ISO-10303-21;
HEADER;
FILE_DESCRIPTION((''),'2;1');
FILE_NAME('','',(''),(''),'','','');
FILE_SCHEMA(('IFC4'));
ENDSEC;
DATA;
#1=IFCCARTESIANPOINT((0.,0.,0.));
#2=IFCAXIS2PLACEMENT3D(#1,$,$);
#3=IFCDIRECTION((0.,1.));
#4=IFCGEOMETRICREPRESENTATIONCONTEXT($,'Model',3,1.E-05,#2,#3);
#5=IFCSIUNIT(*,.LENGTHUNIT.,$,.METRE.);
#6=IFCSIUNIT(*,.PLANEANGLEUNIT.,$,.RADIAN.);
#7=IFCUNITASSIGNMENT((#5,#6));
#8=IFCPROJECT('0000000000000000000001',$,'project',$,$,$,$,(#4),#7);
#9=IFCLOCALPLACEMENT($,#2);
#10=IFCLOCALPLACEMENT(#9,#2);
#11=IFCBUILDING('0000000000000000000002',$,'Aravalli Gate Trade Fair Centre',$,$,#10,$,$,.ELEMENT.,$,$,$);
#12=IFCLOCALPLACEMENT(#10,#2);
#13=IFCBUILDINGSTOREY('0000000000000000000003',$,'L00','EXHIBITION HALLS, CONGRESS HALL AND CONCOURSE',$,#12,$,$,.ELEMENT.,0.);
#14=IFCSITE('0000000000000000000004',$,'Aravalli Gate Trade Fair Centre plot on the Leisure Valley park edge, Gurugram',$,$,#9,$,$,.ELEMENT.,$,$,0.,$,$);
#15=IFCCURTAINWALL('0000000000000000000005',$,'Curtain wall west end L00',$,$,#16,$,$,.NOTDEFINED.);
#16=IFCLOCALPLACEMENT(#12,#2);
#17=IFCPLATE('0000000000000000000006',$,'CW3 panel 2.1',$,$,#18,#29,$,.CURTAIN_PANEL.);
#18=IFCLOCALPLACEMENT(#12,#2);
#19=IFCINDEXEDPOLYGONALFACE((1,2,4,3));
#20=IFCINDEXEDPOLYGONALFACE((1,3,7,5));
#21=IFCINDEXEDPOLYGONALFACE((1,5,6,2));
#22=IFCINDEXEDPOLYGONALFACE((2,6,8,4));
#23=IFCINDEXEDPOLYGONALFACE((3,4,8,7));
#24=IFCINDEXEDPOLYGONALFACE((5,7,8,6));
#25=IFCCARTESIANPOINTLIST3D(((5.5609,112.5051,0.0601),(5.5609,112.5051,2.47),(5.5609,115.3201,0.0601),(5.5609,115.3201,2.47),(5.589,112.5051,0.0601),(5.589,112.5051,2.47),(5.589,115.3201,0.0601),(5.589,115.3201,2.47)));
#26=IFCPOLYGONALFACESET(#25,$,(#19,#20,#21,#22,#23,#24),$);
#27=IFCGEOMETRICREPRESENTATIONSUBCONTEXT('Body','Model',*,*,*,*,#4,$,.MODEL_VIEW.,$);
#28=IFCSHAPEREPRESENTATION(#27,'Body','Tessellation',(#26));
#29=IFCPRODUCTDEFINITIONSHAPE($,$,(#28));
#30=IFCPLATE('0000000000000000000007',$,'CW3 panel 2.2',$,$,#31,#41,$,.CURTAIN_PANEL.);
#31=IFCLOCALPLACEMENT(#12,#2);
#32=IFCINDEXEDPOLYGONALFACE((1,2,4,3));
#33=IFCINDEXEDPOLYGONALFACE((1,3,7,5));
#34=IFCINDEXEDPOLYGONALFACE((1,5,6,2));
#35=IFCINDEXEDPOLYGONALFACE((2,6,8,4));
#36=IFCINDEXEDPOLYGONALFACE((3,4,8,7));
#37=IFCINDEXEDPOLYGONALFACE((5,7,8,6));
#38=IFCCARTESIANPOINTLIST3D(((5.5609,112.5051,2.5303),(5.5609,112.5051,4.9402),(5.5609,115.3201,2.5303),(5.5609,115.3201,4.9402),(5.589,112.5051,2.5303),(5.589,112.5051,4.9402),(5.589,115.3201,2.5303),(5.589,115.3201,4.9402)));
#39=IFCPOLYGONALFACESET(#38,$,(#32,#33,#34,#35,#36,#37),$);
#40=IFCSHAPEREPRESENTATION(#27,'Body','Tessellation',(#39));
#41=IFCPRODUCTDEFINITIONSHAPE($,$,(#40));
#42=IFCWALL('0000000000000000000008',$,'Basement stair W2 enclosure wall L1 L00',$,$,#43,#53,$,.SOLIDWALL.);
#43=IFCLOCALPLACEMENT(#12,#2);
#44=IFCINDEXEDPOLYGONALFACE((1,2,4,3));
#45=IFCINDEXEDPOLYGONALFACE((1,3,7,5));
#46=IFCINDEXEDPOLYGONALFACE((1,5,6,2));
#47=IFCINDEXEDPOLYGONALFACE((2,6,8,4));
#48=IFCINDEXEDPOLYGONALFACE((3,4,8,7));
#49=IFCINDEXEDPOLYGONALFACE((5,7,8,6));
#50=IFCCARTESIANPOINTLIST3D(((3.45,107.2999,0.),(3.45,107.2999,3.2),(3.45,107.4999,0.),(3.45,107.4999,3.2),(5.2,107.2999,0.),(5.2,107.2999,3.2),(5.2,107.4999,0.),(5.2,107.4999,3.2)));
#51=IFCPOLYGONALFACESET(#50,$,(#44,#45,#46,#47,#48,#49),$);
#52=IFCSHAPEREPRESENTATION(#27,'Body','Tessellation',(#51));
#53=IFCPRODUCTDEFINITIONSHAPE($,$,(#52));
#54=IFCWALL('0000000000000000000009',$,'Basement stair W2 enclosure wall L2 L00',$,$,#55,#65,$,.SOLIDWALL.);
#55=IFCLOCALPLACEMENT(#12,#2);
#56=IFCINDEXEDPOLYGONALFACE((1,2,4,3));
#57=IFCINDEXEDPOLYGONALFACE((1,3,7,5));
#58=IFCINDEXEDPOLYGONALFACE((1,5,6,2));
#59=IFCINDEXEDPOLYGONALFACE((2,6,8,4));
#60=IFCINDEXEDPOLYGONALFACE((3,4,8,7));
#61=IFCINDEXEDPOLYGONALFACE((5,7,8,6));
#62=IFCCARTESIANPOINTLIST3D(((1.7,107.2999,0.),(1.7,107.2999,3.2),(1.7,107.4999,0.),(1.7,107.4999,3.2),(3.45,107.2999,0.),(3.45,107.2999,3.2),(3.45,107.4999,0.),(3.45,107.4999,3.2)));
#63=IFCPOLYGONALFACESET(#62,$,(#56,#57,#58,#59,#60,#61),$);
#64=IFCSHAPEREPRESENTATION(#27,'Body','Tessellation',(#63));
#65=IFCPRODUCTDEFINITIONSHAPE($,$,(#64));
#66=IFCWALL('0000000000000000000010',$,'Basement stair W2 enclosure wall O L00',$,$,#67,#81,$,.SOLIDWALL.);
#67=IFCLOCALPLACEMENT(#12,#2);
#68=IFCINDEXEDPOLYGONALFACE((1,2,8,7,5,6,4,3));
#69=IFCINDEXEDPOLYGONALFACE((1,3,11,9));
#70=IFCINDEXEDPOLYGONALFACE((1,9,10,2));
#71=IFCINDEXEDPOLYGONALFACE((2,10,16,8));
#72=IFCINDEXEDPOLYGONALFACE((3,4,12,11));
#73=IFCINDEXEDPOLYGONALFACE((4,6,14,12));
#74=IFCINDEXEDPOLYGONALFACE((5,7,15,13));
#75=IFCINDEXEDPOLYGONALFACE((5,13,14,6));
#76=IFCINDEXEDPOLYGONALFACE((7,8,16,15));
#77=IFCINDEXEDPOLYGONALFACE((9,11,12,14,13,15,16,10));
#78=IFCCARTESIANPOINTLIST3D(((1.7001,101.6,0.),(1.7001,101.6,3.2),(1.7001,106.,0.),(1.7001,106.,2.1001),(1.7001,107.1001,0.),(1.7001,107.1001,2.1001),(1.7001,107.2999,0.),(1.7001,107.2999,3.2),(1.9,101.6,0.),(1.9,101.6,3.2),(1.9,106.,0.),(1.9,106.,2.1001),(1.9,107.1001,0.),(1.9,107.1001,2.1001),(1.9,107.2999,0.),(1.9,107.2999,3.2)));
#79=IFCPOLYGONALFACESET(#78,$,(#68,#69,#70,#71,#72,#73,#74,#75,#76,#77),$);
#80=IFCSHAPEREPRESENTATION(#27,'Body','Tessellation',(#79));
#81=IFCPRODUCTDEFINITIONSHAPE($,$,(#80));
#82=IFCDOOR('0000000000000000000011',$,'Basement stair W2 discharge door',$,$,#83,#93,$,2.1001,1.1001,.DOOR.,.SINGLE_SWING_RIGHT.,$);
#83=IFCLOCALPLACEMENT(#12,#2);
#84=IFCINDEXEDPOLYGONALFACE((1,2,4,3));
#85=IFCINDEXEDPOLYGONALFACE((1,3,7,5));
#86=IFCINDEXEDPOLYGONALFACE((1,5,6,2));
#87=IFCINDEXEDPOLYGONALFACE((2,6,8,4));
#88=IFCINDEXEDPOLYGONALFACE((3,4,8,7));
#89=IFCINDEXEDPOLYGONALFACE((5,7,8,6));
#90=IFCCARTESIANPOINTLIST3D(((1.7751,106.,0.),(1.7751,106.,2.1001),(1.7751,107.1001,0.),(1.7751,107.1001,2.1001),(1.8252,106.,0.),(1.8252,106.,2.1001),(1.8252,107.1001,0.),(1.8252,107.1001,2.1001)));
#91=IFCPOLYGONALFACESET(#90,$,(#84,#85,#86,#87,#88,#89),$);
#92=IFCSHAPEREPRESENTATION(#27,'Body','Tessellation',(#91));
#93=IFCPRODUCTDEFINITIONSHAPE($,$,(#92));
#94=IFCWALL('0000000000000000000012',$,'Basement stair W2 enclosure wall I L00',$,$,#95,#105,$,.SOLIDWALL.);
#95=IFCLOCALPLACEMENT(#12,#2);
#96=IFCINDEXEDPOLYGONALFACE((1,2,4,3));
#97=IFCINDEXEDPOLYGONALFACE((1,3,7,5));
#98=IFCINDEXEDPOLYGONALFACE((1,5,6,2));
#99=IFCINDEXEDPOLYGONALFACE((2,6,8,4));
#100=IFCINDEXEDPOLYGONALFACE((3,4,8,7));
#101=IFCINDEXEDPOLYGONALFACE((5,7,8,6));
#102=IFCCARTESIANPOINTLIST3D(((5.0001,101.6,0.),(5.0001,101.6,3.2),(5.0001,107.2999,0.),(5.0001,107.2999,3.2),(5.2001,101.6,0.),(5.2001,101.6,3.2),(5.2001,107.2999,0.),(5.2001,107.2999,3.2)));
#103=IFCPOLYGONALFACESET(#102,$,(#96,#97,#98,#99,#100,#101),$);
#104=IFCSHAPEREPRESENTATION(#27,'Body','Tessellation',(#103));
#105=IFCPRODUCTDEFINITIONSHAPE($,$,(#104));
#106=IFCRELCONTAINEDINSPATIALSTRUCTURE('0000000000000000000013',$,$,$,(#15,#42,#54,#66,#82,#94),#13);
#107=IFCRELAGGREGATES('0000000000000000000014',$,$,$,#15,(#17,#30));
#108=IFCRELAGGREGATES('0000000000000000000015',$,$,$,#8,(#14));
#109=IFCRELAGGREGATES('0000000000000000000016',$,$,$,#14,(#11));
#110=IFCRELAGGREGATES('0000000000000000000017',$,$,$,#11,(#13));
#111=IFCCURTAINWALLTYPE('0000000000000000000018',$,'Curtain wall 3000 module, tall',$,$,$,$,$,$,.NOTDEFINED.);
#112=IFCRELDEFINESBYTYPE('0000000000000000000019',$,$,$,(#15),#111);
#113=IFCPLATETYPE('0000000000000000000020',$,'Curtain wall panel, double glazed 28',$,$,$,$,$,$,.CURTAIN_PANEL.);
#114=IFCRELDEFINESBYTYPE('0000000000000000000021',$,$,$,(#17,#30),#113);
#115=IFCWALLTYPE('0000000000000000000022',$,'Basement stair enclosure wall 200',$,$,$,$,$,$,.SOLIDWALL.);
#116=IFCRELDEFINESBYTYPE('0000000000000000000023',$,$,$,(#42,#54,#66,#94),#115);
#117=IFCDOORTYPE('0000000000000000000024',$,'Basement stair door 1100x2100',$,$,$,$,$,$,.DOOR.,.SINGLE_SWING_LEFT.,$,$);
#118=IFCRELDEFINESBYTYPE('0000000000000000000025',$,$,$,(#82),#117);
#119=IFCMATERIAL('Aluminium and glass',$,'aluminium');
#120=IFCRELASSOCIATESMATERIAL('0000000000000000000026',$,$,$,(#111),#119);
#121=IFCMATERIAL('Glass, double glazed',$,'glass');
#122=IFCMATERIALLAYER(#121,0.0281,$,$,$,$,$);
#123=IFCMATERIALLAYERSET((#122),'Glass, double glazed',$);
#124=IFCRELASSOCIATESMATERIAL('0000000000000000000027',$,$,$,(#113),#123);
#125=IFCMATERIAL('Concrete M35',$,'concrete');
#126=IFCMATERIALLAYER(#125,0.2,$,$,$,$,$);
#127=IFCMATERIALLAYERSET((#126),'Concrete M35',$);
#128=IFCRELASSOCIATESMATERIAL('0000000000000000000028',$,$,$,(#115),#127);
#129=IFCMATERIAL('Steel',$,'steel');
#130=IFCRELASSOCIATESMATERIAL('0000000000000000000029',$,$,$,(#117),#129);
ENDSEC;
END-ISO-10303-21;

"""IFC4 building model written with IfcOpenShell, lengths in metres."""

from ifc_helpers import new_model, si_unit, direction, frame, frame_2d, origin, origin_2d, place, context, subcontext, project, spatial, rectangle, extrude, material, layer, layer_set, type_object, element, fill, aggregate, save


model = new_model("IFC4")

# Units and contexts
model_context = context("Model", 3, precision=1e-05, world=origin(), true_north=direction((0.0, 1.0)))
body_context = subcontext(model_context, "Body", "Model", "MODEL_VIEW")
ifc_project = project(units=[si_unit("LENGTHUNIT", "METRE"), si_unit("PLANEANGLEUNIT", "RADIAN")], contexts=[model_context])

# Site, building, storey
site_placement = place(None, origin())
site = spatial("IfcSite", under=ifc_project, at=site_placement, Name="Aravalli Gate Trade Fair Centre plot on the Leisure Valley park edge, Gurugram", CompositionType="ELEMENT", RefElevation=0.0)
building_placement = place(site_placement, origin())
building = spatial("IfcBuilding", under=site, at=building_placement, Name="Aravalli Gate Trade Fair Centre", CompositionType="ELEMENT")
storey_placement = place(building_placement, origin())
storey = spatial("IfcBuildingStorey", under=building, at=storey_placement, Name="L00", Description="EXHIBITION HALLS, CONGRESS HALL AND CONCOURSE", CompositionType="ELEMENT", Elevation=0.0)

# Curtain wall, plates
ifc_material_1 = material(Name="Aluminium and glass", Category="aluminium")
curtain_wall_type = type_object("IfcCurtainWallType", Name="Curtain wall 3000 module, tall", PredefinedType="NOTDEFINED", material=ifc_material_1)
curtain_wall_placement = place(storey_placement, origin())
curtain_wall = element("IfcCurtainWall", 1, at=curtain_wall_placement, inside=storey, type_object=curtain_wall_type, Name="Curtain wall west end L00", PredefinedType="NOTDEFINED")
ifc_material_2 = material(Name="Glass, double glazed", Category="glass")
ifc_layer_1 = layer(ifc_material_2, 0.0281)
ifc_layer_set_1 = layer_set([ifc_layer_1], Name="Glass, double glazed")
plate_type = type_object("IfcPlateType", Name="Curtain wall panel, double glazed 28", PredefinedType="CURTAIN_PANEL", material=ifc_layer_set_1)
plate_1_placement = place(storey_placement, frame((5.575, 113.9126, 0.0601), z_axis=(0.0, 0.0, 1.0), x_axis=(0.0, 1.0, 0.0)))
plate_1 = element("IfcPlate", 2, at=plate_1_placement, type_object=plate_type, Name="CW3 panel 2.1", PredefinedType="CURTAIN_PANEL", context=body_context, shape_type="SweptSolid", body=[
    extrude(rectangle(XDim=2.8149, YDim=0.0281, at=origin_2d()), origin(), (0.0, 0.0, 1.0), 2.4099),
])
plate_2_placement = place(storey_placement, frame((5.575, 113.9126, 2.5303), z_axis=(0.0, 0.0, 1.0), x_axis=(0.0, 1.0, 0.0)))
plate_2 = element("IfcPlate", 3, at=plate_2_placement, type_object=plate_type, Name="CW3 panel 2.2", PredefinedType="CURTAIN_PANEL", context=body_context, shape_type="SweptSolid", body=[
    extrude(rectangle(XDim=2.8149, YDim=0.0281, at=origin_2d()), origin(), (0.0, 0.0, 1.0), 2.4099),
])
aggregate(curtain_wall, [plate_1, plate_2])

# Walls
ifc_material_3 = material(Name="Concrete M35", Category="concrete")
ifc_layer_2 = layer(ifc_material_3, 0.2)
ifc_layer_set_2 = layer_set([ifc_layer_2], Name="Concrete M35")
wall_type = type_object("IfcWallType", Name="Basement stair enclosure wall 200", PredefinedType="SOLIDWALL", material=ifc_layer_set_2)
for number, where, z_axis, x_axis, name in (
    (4, (5.2, 107.3999, 0.0), (0.0, 0.0, 1.0), (-1.0, 0.0, 0.0), "Basement stair W2 enclosure wall L1 L00"),
    (5, (3.45, 107.3999, 0.0), (0.0, 0.0, 1.0), (-1.0, 0.0, 0.0), "Basement stair W2 enclosure wall L2 L00"),
):
    element("IfcWall", number, at=place(storey_placement, frame(where, z_axis=z_axis, x_axis=x_axis)), inside=storey, type_object=wall_type, Name=name, PredefinedType="SOLIDWALL", context=body_context, shape_type="SweptSolid", body=[
        extrude(rectangle(XDim=1.75, YDim=0.2, at=frame_2d((0.875, 0.0))), origin(), (0.0, 0.0, 1.0), 3.2),
    ])

# Wall, opening, door
wall_1_placement = place(storey_placement, frame((1.8, 107.3, 0.0), z_axis=(0.0, 0.0, 1.0), x_axis=(0.0, -1.0, 0.0)))
wall_1 = element("IfcWall", 6, at=wall_1_placement, inside=storey, type_object=wall_type, Name="Basement stair W2 enclosure wall O L00", PredefinedType="SOLIDWALL", context=body_context, shape_type="SweptSolid", body=[
    extrude(rectangle(XDim=5.7, YDim=0.2, at=frame_2d((2.8501, 0.0))), origin(), (0.0, 0.0, 1.0), 3.2),
])
opening_placement = place(wall_1_placement, frame((0.2, 0.0, 0.0)))
opening = element("IfcOpeningElement", 7, at=opening_placement, cuts=wall_1, PredefinedType="OPENING", context=body_context, shape_type="SweptSolid", body=[
    extrude(rectangle(XDim=1.1001, YDim=2.1001, at=frame_2d((0.55, 1.05))), frame((0.0, 0.1099, 0.0), z_axis=(0.0, -1.0, 0.0), x_axis=(1.0, 0.0, 0.0)), (0.0, 0.0, 1.0), 0.22),
])
ifc_material_4 = material(Name="Steel", Category="steel")
door_type = type_object("IfcDoorType", Name="Basement stair door 1100x2100", OperationType="SINGLE_SWING_LEFT", PredefinedType="DOOR", material=ifc_material_4)
door_placement = place(opening_placement, frame((1.1001, 0.0, 0.0), z_axis=(0.0, 0.0, 1.0), x_axis=(-1.0, 0.0, 0.0)))
door = element("IfcDoor", 8, at=door_placement, inside=storey, type_object=door_type, Name="Basement stair W2 discharge door", OperationType="SINGLE_SWING_RIGHT", OverallHeight=2.1001, OverallWidth=1.1001, PredefinedType="DOOR", context=body_context, shape_type="SweptSolid", body=[
    extrude(rectangle(XDim=1.1001, YDim=2.1001, at=frame_2d((0.55, 1.05))), frame((0.0, 0.0249, 0.0), z_axis=(0.0, -1.0, 0.0), x_axis=(1.0, 0.0, 0.0)), (0.0, 0.0, 1.0), 0.05),
])
fill(opening, door)

# Wall
wall_2_placement = place(storey_placement, frame((5.1001, 107.3, 0.0), z_axis=(0.0, 0.0, 1.0), x_axis=(0.0, -1.0, 0.0)))
element("IfcWall", 9, at=wall_2_placement, inside=storey, type_object=wall_type, Name="Basement stair W2 enclosure wall I L00", PredefinedType="SOLIDWALL", context=body_context, shape_type="SweptSolid", body=[
    extrude(rectangle(XDim=5.7, YDim=0.2, at=frame_2d((2.8501, 0.0))), origin(), (0.0, 0.0, 1.0), 3.2),
])

save(model, "model.ifc")
